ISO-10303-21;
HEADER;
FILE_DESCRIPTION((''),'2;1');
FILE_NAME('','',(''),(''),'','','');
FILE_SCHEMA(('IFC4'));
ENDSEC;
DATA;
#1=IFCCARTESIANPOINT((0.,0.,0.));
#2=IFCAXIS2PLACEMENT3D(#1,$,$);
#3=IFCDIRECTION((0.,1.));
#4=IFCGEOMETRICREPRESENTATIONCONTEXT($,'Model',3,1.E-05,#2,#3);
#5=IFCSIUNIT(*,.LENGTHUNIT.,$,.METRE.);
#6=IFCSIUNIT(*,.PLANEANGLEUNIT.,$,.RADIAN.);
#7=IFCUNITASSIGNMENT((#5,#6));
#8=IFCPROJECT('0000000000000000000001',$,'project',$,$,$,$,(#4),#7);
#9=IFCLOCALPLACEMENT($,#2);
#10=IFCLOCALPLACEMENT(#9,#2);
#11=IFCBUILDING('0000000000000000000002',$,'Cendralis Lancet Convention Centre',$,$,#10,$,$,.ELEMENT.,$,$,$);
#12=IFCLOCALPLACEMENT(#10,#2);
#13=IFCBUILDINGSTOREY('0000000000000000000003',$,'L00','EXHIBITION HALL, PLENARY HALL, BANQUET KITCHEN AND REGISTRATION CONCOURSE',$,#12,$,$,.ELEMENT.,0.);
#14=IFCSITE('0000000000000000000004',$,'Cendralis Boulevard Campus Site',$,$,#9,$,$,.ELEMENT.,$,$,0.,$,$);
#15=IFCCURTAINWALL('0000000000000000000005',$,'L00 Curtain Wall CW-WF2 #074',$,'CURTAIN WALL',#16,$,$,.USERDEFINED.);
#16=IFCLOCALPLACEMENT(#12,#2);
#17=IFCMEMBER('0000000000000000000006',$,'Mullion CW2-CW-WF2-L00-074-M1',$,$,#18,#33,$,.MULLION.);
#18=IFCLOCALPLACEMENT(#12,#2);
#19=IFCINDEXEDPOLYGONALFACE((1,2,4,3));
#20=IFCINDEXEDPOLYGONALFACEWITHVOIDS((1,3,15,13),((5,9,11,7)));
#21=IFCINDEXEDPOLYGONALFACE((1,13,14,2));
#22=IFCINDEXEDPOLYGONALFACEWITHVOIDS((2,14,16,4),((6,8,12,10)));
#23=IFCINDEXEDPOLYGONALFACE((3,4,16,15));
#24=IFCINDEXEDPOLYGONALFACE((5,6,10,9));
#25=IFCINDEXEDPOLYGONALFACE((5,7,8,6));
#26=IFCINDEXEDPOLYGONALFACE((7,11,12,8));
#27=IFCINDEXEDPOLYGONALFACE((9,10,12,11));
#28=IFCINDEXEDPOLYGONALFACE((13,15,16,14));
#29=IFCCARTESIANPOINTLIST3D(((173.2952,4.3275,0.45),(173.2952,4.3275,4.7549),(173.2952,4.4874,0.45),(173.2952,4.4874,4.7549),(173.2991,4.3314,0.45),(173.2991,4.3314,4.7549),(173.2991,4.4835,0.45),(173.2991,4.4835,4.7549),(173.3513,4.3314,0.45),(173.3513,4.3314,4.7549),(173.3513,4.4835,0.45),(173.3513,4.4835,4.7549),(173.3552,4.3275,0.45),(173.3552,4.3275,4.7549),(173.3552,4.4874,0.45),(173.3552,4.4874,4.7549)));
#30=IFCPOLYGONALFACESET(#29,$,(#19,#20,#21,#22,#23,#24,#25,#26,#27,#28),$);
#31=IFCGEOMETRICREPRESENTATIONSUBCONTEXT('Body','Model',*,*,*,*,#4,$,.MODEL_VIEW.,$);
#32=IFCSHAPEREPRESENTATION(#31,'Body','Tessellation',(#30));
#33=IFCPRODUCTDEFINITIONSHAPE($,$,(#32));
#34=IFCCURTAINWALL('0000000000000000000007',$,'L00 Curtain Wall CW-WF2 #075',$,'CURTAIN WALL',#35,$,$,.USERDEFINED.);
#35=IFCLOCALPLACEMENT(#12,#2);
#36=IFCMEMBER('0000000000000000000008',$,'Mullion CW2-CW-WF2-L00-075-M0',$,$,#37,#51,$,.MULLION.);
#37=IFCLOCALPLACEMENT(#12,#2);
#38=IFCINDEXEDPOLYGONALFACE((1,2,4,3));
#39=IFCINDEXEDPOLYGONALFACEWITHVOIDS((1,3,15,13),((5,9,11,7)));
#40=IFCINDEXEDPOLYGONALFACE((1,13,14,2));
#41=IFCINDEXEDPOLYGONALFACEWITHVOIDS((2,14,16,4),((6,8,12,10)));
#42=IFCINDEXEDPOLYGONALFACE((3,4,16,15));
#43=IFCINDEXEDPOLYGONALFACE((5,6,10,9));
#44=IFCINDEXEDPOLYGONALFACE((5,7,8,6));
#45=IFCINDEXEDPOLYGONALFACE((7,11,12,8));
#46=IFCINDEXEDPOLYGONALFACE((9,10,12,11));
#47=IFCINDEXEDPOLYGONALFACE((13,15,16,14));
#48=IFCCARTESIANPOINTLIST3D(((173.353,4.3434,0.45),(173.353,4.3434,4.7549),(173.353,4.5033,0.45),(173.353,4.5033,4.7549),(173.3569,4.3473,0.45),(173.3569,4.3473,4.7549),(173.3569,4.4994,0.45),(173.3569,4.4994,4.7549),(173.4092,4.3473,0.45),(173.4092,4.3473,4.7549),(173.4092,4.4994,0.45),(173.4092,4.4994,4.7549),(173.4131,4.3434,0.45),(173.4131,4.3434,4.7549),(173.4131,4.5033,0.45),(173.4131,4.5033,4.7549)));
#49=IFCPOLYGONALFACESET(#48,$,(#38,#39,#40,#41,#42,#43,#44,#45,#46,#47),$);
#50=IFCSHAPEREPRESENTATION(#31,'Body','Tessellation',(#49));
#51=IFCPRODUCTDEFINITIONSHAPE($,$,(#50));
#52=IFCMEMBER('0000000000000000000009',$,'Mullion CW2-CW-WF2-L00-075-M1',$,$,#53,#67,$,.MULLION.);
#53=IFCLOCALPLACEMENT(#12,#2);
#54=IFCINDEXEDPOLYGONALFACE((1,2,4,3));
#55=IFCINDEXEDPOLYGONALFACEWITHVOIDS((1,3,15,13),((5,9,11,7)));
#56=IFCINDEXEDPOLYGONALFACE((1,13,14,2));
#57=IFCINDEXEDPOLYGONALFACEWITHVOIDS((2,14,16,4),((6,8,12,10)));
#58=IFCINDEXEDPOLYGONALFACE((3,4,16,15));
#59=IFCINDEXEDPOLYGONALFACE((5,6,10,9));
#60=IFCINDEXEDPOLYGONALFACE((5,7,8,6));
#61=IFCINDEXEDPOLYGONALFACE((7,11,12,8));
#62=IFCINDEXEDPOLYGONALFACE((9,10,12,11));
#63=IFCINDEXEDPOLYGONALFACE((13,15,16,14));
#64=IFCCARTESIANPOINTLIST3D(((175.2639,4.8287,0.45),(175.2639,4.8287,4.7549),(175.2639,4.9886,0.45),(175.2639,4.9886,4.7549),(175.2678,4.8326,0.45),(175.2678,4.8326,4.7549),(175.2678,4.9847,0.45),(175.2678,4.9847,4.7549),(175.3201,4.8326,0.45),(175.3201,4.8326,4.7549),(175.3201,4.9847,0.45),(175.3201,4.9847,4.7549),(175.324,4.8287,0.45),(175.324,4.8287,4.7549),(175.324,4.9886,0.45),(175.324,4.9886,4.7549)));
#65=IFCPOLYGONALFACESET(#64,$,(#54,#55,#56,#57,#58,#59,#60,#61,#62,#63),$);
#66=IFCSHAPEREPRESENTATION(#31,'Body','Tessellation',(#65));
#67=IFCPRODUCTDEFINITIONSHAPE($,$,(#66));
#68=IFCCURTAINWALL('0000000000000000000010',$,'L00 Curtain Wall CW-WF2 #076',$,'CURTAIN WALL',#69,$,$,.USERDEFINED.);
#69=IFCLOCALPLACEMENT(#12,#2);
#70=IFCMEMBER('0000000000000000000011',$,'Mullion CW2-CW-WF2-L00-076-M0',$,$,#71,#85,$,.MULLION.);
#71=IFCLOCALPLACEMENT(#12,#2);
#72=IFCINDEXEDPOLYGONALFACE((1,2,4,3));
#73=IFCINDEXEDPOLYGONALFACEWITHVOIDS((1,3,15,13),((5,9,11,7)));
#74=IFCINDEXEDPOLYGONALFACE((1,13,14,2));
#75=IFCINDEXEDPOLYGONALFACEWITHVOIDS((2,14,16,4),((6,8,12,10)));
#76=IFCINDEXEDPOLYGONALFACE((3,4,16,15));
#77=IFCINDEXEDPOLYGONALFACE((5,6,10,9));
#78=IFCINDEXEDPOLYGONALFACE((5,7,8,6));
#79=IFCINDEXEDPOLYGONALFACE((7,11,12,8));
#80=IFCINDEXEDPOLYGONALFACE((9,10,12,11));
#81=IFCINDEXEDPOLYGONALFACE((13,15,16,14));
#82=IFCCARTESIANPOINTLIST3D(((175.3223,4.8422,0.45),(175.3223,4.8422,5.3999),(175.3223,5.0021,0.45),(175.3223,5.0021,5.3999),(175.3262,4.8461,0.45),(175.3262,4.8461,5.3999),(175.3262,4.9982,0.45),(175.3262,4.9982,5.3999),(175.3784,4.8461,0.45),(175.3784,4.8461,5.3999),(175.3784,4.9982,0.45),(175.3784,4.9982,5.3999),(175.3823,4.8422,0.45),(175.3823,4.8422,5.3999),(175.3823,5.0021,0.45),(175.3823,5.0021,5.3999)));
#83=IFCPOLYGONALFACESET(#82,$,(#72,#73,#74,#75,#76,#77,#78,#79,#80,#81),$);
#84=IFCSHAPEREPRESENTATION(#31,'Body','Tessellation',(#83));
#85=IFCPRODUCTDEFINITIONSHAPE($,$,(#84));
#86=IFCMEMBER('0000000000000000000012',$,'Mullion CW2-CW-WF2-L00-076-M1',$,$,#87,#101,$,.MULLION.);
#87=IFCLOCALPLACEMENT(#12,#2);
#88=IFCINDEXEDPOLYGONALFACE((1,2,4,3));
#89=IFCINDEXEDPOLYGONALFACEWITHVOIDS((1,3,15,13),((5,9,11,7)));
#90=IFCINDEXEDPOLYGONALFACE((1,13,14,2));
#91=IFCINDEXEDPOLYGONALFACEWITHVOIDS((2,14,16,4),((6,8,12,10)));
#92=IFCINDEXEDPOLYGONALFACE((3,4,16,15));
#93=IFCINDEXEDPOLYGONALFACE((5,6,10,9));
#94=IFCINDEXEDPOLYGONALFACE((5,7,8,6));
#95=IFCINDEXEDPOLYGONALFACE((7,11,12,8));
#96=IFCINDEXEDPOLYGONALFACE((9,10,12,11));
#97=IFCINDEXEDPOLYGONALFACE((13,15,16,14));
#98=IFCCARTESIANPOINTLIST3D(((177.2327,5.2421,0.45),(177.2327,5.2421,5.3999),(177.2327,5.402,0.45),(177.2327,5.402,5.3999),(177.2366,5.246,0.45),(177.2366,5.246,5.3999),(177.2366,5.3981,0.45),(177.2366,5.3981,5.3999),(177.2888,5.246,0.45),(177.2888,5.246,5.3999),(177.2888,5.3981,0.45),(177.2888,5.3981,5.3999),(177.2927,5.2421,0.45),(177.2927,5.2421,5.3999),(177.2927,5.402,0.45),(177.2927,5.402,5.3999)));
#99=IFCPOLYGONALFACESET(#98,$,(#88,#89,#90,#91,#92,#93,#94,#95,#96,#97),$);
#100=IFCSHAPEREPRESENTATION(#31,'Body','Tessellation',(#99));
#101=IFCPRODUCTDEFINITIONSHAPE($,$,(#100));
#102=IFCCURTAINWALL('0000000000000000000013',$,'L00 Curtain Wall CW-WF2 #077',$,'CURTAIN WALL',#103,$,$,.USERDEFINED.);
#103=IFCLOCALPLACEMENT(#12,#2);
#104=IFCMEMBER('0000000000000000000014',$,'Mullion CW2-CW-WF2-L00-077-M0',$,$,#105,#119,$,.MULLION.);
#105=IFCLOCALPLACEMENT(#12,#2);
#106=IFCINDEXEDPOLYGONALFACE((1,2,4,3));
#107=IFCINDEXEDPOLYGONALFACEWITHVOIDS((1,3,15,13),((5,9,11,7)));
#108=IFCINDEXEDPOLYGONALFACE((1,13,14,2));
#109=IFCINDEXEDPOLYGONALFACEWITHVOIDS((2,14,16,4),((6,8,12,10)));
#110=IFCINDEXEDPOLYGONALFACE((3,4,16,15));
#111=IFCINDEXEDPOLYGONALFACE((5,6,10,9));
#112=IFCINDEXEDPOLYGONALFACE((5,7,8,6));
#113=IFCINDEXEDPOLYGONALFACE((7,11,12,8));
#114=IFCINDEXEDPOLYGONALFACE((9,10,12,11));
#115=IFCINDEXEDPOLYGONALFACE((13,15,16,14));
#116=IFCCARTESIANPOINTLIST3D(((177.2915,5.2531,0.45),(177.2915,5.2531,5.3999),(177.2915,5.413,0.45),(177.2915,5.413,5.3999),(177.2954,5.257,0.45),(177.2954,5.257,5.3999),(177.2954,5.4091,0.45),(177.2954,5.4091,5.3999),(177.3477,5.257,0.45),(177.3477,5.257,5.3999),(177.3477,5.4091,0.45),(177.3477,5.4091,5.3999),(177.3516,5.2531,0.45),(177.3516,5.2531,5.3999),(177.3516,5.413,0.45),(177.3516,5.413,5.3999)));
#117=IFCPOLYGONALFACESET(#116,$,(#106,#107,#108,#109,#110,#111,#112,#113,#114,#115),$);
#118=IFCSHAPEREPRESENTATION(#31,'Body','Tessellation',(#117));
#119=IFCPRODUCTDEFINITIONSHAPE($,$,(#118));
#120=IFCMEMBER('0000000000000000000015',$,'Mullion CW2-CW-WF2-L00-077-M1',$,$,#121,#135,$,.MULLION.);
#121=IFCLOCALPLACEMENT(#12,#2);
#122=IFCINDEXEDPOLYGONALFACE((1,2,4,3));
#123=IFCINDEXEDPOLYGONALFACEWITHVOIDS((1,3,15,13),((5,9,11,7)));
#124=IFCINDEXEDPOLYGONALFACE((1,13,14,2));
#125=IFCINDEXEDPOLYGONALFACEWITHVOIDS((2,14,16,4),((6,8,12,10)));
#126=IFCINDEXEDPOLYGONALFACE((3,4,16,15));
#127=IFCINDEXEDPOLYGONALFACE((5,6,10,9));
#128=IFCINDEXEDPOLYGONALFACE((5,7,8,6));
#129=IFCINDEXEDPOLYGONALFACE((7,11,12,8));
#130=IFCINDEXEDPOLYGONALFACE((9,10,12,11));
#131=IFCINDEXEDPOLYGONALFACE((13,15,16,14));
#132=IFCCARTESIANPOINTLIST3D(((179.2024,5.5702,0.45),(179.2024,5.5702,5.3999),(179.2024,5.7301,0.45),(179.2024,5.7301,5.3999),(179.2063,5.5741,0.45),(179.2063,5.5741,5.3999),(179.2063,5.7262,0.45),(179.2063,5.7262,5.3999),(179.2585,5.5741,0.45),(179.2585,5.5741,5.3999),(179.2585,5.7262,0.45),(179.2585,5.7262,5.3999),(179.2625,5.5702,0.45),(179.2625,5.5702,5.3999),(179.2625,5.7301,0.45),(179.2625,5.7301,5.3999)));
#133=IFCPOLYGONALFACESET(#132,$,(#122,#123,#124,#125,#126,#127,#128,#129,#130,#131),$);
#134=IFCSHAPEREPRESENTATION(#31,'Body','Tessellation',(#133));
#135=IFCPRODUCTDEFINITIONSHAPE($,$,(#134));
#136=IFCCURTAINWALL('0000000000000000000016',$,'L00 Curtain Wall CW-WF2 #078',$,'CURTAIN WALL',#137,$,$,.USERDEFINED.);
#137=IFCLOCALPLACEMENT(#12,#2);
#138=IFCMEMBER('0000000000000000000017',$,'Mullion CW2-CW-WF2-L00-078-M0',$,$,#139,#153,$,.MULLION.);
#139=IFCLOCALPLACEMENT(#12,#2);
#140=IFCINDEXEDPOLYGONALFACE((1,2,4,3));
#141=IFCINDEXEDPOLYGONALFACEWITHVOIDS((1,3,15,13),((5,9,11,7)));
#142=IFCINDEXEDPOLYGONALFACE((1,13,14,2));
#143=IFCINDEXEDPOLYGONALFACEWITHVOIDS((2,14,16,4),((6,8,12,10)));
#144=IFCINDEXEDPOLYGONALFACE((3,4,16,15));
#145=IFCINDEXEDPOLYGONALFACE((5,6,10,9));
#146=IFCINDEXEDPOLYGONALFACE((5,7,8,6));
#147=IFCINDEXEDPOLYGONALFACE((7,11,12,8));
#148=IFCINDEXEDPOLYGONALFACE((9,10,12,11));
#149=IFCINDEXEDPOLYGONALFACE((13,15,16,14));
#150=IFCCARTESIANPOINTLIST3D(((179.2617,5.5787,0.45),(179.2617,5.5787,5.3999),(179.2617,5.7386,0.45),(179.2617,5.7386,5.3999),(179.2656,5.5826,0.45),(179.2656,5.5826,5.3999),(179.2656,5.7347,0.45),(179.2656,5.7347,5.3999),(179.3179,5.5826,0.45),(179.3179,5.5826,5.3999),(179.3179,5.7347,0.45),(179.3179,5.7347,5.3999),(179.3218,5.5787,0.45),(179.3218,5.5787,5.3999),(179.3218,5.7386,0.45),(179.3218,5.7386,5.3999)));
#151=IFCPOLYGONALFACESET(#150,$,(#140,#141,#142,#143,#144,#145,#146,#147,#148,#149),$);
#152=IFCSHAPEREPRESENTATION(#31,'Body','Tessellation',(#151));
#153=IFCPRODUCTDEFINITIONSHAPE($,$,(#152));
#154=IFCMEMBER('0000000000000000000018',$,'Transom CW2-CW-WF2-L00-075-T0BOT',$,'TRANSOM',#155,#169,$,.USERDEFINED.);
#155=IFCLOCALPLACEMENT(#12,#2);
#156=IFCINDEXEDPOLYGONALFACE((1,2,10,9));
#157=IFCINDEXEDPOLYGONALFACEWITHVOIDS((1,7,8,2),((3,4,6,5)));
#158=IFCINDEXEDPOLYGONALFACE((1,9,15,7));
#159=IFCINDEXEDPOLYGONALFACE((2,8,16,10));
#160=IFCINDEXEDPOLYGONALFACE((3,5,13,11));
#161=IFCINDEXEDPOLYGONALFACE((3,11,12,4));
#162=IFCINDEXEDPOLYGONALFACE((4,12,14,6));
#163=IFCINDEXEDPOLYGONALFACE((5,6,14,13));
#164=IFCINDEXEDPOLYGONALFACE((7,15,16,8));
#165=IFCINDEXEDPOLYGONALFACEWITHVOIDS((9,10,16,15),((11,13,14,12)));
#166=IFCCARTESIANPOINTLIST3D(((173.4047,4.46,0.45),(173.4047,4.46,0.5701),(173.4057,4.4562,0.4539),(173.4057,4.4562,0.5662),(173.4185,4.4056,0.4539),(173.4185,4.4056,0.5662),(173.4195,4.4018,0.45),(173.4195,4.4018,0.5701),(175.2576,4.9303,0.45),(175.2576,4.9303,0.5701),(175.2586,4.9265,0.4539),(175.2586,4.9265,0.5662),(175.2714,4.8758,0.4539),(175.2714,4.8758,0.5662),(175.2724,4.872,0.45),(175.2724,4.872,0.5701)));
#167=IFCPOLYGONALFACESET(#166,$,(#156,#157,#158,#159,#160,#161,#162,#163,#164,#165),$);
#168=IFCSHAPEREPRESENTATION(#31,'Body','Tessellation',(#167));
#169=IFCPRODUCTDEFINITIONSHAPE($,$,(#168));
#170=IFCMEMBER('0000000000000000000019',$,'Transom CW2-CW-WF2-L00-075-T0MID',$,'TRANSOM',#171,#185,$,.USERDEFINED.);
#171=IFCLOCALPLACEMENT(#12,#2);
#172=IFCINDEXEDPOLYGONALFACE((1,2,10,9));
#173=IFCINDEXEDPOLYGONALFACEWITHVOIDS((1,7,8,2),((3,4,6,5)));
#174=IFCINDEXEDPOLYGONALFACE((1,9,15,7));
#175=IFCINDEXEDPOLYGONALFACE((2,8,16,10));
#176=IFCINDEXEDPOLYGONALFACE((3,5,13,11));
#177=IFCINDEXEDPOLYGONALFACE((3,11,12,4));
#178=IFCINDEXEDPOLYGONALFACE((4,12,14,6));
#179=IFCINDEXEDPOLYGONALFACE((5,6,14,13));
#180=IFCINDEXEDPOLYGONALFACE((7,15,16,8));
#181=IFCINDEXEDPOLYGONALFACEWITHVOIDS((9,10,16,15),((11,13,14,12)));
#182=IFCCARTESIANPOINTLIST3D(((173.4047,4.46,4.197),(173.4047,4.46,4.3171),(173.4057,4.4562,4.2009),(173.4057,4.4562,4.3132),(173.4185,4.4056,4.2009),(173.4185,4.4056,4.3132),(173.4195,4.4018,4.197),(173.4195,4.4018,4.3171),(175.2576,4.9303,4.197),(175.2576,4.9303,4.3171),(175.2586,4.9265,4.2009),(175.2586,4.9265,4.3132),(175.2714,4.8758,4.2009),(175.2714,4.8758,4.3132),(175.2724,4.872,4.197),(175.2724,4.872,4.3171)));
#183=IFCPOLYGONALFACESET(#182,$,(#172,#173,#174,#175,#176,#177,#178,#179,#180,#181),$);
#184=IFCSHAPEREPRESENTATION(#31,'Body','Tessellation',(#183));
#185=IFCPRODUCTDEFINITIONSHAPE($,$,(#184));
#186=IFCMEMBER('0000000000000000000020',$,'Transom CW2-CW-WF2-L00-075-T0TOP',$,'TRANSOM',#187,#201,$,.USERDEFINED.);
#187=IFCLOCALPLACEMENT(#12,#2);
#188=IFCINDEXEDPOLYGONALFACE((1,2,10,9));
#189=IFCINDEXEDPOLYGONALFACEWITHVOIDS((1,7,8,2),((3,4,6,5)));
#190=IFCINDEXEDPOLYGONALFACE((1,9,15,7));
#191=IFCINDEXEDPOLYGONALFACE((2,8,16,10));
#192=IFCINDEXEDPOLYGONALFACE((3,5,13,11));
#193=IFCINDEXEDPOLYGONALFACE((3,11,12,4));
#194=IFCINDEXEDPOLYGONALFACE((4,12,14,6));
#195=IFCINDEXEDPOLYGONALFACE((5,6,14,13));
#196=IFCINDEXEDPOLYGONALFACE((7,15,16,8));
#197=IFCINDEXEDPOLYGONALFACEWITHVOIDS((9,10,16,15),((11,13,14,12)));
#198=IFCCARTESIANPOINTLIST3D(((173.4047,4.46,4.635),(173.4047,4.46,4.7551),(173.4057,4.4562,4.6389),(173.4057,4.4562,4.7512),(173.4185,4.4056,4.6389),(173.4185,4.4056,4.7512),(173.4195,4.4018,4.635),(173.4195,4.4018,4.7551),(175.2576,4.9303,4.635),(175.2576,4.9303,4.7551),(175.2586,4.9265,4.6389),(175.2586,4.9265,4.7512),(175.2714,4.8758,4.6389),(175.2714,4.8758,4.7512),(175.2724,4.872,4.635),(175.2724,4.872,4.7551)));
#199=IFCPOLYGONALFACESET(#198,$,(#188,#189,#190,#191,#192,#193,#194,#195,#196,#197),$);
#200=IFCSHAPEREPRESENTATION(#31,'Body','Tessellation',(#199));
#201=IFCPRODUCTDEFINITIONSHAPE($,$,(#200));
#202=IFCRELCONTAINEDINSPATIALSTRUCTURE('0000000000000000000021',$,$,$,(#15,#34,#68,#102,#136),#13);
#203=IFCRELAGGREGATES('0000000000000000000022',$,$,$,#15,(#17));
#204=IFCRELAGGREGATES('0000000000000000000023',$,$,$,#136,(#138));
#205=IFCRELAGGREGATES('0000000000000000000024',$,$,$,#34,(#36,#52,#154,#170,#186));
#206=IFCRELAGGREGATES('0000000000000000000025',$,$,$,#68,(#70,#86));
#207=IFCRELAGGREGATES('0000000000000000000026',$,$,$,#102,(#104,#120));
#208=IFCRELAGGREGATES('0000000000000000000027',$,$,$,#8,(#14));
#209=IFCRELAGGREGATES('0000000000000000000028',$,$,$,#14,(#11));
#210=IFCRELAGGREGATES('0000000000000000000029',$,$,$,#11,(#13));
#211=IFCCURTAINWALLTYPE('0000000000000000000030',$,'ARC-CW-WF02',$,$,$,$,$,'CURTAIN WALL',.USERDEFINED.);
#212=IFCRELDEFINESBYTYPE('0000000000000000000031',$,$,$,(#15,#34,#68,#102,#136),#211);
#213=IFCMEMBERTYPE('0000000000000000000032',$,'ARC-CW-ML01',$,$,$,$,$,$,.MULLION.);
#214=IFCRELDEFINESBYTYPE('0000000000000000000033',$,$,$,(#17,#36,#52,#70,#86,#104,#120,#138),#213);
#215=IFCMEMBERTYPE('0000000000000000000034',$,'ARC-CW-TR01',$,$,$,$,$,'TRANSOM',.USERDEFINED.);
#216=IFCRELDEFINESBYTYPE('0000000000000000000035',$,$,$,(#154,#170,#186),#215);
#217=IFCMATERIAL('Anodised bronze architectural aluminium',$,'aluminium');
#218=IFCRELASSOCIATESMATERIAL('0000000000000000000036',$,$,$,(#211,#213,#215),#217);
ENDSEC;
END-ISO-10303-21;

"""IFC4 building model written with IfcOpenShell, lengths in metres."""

from ifc_helpers import new_model, si_unit, direction, frame, origin, origin_2d, place, context, subcontext, project, spatial, hollow_rectangle, extrude, material, material_profile, profile_set, type_object, element, aggregate, save


model = new_model("IFC4")

# Units and contexts
model_context = context("Model", 3, precision=1e-05, world=origin(), true_north=direction((0.0, 1.0)))
body_context = subcontext(model_context, "Body", "Model", "MODEL_VIEW")
ifc_project = project(units=[si_unit("LENGTHUNIT", "METRE"), si_unit("PLANEANGLEUNIT", "RADIAN")], contexts=[model_context])

# Site, building, storey
site_placement = place(None, origin())
site = spatial("IfcSite", under=ifc_project, at=site_placement, Name="Cendralis Boulevard Campus Site", CompositionType="ELEMENT", RefElevation=0.0)
building_placement = place(site_placement, origin())
building = spatial("IfcBuilding", under=site, at=building_placement, Name="Cendralis Lancet Convention Centre", CompositionType="ELEMENT")
storey_placement = place(building_placement, origin())
storey = spatial("IfcBuildingStorey", under=building, at=storey_placement, Name="L00", Description="EXHIBITION HALL, PLENARY HALL, BANQUET KITCHEN AND REGISTRATION CONCOURSE", CompositionType="ELEMENT", Elevation=0.0)

# Curtain wall, member
ifc_material_1 = material(Name="Anodised bronze architectural aluminium", Category="aluminium")
curtain_wall_type = type_object("IfcCurtainWallType", Name="ARC-CW-WF02", ElementType="CURTAIN WALL", PredefinedType="USERDEFINED", material=ifc_material_1)
curtain_wall_1_placement = place(storey_placement, origin())
curtain_wall_1 = element("IfcCurtainWall", 1, at=curtain_wall_1_placement, inside=storey, type_object=curtain_wall_type, Name="L00 Curtain Wall CW-WF2 #074", ObjectType="CURTAIN WALL", PredefinedType="USERDEFINED")
ifc_material_profile_1 = material_profile(ifc_material_1, hollow_rectangle(XDim=0.0601, YDim=0.1599, WallThickness=0.0039, at=origin_2d()), Name="AL-MULL 60x160x4.0")
ifc_profile_set_1 = profile_set([ifc_material_profile_1], Name="Anodised bronze architectural aluminium")
member_type_1 = type_object("IfcMemberType", Name="ARC-CW-ML01", PredefinedType="MULLION", material=ifc_profile_set_1)
member_1_placement = place(storey_placement, frame((173.3252, 4.4075, 0.45), z_axis=(0.0, 0.0, 1.0), x_axis=(1.0, 0.0, 0.0)))
member_1 = element("IfcMember", 2, at=member_1_placement, type_object=member_type_1, Name="Mullion CW2-CW-WF2-L00-074-M1", PredefinedType="MULLION", context=body_context, shape_type="SweptSolid", body=[
    extrude(hollow_rectangle(XDim=0.0601, YDim=0.1599, WallThickness=0.0039, at=origin_2d()), origin(), (0.0, 0.0, 1.0), 4.3049),
])
aggregate(curtain_wall_1, [member_1])

# Curtain walls, members
curtain_wall_2_placement = place(storey_placement, origin())
curtain_wall_2 = element("IfcCurtainWall", 3, at=curtain_wall_2_placement, inside=storey, type_object=curtain_wall_type, Name="L00 Curtain Wall CW-WF2 #075", ObjectType="CURTAIN WALL", PredefinedType="USERDEFINED")
member_2_placement = place(storey_placement, frame((173.3831, 4.4233, 0.45), z_axis=(0.0, 0.0, 1.0), x_axis=(1.0, 0.0, 0.0)))
member_2 = element("IfcMember", 4, at=member_2_placement, type_object=member_type_1, Name="Mullion CW2-CW-WF2-L00-075-M0", PredefinedType="MULLION", context=body_context, shape_type="SweptSolid", body=[
    extrude(hollow_rectangle(XDim=0.0601, YDim=0.1599, WallThickness=0.0039, at=origin_2d()), origin(), (0.0, 0.0, 1.0), 4.3049),
])
member_3_placement = place(storey_placement, frame((175.2939, 4.9087, 0.45), z_axis=(0.0, 0.0, 1.0), x_axis=(1.0, 0.0, 0.0)))
member_3 = element("IfcMember", 5, at=member_3_placement, type_object=member_type_1, Name="Mullion CW2-CW-WF2-L00-075-M1", PredefinedType="MULLION", context=body_context, shape_type="SweptSolid", body=[
    extrude(hollow_rectangle(XDim=0.0601, YDim=0.1599, WallThickness=0.0039, at=origin_2d()), origin(), (0.0, 0.0, 1.0), 4.3049),
])
curtain_wall_3_placement = place(storey_placement, origin())
curtain_wall_3 = element("IfcCurtainWall", 6, at=curtain_wall_3_placement, inside=storey, type_object=curtain_wall_type, Name="L00 Curtain Wall CW-WF2 #076", ObjectType="CURTAIN WALL", PredefinedType="USERDEFINED")
member_4_placement = place(storey_placement, frame((175.3523, 4.9221, 0.45), z_axis=(0.0, 0.0, 1.0), x_axis=(1.0, 0.0, 0.0)))
member_4 = element("IfcMember", 7, at=member_4_placement, type_object=member_type_1, Name="Mullion CW2-CW-WF2-L00-076-M0", PredefinedType="MULLION", context=body_context, shape_type="SweptSolid", body=[
    extrude(hollow_rectangle(XDim=0.0601, YDim=0.1599, WallThickness=0.0039, at=origin_2d()), origin(), (0.0, 0.0, 1.0), 4.95),
])
member_5_placement = place(storey_placement, frame((177.2627, 5.322, 0.45), z_axis=(0.0, 0.0, 1.0), x_axis=(1.0, 0.0, 0.0)))
member_5 = element("IfcMember", 8, at=member_5_placement, type_object=member_type_1, Name="Mullion CW2-CW-WF2-L00-076-M1", PredefinedType="MULLION", context=body_context, shape_type="SweptSolid", body=[
    extrude(hollow_rectangle(XDim=0.0601, YDim=0.1599, WallThickness=0.0039, at=origin_2d()), origin(), (0.0, 0.0, 1.0), 4.95),
])
curtain_wall_4_placement = place(storey_placement, origin())
curtain_wall_4 = element("IfcCurtainWall", 9, at=curtain_wall_4_placement, inside=storey, type_object=curtain_wall_type, Name="L00 Curtain Wall CW-WF2 #077", ObjectType="CURTAIN WALL", PredefinedType="USERDEFINED")
member_6_placement = place(storey_placement, frame((177.3215, 5.333, 0.45), z_axis=(0.0, 0.0, 1.0), x_axis=(1.0, 0.0, 0.0)))
member_6 = element("IfcMember", 10, at=member_6_placement, type_object=member_type_1, Name="Mullion CW2-CW-WF2-L00-077-M0", PredefinedType="MULLION", context=body_context, shape_type="SweptSolid", body=[
    extrude(hollow_rectangle(XDim=0.0601, YDim=0.1599, WallThickness=0.0039, at=origin_2d()), origin(), (0.0, 0.0, 1.0), 4.95),
])
member_7_placement = place(storey_placement, frame((179.2324, 5.6501, 0.45), z_axis=(0.0, 0.0, 1.0), x_axis=(1.0, 0.0, 0.0)))
member_7 = element("IfcMember", 11, at=member_7_placement, type_object=member_type_1, Name="Mullion CW2-CW-WF2-L00-077-M1", PredefinedType="MULLION", context=body_context, shape_type="SweptSolid", body=[
    extrude(hollow_rectangle(XDim=0.0601, YDim=0.1599, WallThickness=0.0039, at=origin_2d()), origin(), (0.0, 0.0, 1.0), 4.95),
])

# Curtain wall, member
curtain_wall_5_placement = place(storey_placement, origin())
curtain_wall_5 = element("IfcCurtainWall", 12, at=curtain_wall_5_placement, inside=storey, type_object=curtain_wall_type, Name="L00 Curtain Wall CW-WF2 #078", ObjectType="CURTAIN WALL", PredefinedType="USERDEFINED")
member_8_placement = place(storey_placement, frame((179.2917, 5.6587, 0.45), z_axis=(0.0, 0.0, 1.0), x_axis=(1.0, 0.0, 0.0)))
member_8 = element("IfcMember", 13, at=member_8_placement, type_object=member_type_1, Name="Mullion CW2-CW-WF2-L00-078-M0", PredefinedType="MULLION", context=body_context, shape_type="SweptSolid", body=[
    extrude(hollow_rectangle(XDim=0.0601, YDim=0.1599, WallThickness=0.0039, at=origin_2d()), origin(), (0.0, 0.0, 1.0), 4.95),
])

# Members
ifc_material_profile_2 = material_profile(ifc_material_1, hollow_rectangle(XDim=0.0601, YDim=0.1201, WallThickness=0.0039, at=origin_2d()), Name="AL-TRAN 60x120x4.0")
ifc_profile_set_2 = profile_set([ifc_material_profile_2], Name="Anodised bronze architectural aluminium")
member_type_2 = type_object("IfcMemberType", Name="ARC-CW-TR01", ElementType="TRANSOM", PredefinedType="USERDEFINED", material=ifc_profile_set_2)
member_9_placement = place(storey_placement, frame((173.4121, 4.4309, 0.51), z_axis=(0.969272, 0.24599, 0.0), x_axis=(-0.24599, 0.969272, 0.0)))
member_9 = element("IfcMember", 14, at=member_9_placement, type_object=member_type_2, Name="Transom CW2-CW-WF2-L00-075-T0BOT", ObjectType="TRANSOM", PredefinedType="USERDEFINED", context=body_context, shape_type="SweptSolid", body=[
    extrude(hollow_rectangle(XDim=0.0601, YDim=0.1201, WallThickness=0.0039, at=origin_2d()), origin(), (0.0, 0.0, 1.0), 1.9116),
])
member_10_placement = place(storey_placement, frame((173.4121, 4.4309, 4.2571), z_axis=(0.969272, 0.24599, 0.0), x_axis=(-0.24599, 0.969272, 0.0)))
member_10 = element("IfcMember", 15, at=member_10_placement, type_object=member_type_2, Name="Transom CW2-CW-WF2-L00-075-T0MID", ObjectType="TRANSOM", PredefinedType="USERDEFINED", context=body_context, shape_type="SweptSolid", body=[
    extrude(hollow_rectangle(XDim=0.0601, YDim=0.1201, WallThickness=0.0039, at=origin_2d()), origin(), (0.0, 0.0, 1.0), 1.9116),
])
member_11_placement = place(storey_placement, frame((173.4121, 4.4309, 4.6951), z_axis=(0.969272, 0.24599, 0.0), x_axis=(-0.24599, 0.969272, 0.0)))
member_11 = element("IfcMember", 16, at=member_11_placement, type_object=member_type_2, Name="Transom CW2-CW-WF2-L00-075-T0TOP", ObjectType="TRANSOM", PredefinedType="USERDEFINED", context=body_context, shape_type="SweptSolid", body=[
    extrude(hollow_rectangle(XDim=0.0601, YDim=0.1201, WallThickness=0.0039, at=origin_2d()), origin(), (0.0, 0.0, 1.0), 1.9116),
])

aggregate(curtain_wall_5, [member_8])
aggregate(curtain_wall_2, [member_2, member_3, member_9, member_10, member_11])
aggregate(curtain_wall_3, [member_4, member_5])
aggregate(curtain_wall_4, [member_6, member_7])

save(model, "model.ifc")
